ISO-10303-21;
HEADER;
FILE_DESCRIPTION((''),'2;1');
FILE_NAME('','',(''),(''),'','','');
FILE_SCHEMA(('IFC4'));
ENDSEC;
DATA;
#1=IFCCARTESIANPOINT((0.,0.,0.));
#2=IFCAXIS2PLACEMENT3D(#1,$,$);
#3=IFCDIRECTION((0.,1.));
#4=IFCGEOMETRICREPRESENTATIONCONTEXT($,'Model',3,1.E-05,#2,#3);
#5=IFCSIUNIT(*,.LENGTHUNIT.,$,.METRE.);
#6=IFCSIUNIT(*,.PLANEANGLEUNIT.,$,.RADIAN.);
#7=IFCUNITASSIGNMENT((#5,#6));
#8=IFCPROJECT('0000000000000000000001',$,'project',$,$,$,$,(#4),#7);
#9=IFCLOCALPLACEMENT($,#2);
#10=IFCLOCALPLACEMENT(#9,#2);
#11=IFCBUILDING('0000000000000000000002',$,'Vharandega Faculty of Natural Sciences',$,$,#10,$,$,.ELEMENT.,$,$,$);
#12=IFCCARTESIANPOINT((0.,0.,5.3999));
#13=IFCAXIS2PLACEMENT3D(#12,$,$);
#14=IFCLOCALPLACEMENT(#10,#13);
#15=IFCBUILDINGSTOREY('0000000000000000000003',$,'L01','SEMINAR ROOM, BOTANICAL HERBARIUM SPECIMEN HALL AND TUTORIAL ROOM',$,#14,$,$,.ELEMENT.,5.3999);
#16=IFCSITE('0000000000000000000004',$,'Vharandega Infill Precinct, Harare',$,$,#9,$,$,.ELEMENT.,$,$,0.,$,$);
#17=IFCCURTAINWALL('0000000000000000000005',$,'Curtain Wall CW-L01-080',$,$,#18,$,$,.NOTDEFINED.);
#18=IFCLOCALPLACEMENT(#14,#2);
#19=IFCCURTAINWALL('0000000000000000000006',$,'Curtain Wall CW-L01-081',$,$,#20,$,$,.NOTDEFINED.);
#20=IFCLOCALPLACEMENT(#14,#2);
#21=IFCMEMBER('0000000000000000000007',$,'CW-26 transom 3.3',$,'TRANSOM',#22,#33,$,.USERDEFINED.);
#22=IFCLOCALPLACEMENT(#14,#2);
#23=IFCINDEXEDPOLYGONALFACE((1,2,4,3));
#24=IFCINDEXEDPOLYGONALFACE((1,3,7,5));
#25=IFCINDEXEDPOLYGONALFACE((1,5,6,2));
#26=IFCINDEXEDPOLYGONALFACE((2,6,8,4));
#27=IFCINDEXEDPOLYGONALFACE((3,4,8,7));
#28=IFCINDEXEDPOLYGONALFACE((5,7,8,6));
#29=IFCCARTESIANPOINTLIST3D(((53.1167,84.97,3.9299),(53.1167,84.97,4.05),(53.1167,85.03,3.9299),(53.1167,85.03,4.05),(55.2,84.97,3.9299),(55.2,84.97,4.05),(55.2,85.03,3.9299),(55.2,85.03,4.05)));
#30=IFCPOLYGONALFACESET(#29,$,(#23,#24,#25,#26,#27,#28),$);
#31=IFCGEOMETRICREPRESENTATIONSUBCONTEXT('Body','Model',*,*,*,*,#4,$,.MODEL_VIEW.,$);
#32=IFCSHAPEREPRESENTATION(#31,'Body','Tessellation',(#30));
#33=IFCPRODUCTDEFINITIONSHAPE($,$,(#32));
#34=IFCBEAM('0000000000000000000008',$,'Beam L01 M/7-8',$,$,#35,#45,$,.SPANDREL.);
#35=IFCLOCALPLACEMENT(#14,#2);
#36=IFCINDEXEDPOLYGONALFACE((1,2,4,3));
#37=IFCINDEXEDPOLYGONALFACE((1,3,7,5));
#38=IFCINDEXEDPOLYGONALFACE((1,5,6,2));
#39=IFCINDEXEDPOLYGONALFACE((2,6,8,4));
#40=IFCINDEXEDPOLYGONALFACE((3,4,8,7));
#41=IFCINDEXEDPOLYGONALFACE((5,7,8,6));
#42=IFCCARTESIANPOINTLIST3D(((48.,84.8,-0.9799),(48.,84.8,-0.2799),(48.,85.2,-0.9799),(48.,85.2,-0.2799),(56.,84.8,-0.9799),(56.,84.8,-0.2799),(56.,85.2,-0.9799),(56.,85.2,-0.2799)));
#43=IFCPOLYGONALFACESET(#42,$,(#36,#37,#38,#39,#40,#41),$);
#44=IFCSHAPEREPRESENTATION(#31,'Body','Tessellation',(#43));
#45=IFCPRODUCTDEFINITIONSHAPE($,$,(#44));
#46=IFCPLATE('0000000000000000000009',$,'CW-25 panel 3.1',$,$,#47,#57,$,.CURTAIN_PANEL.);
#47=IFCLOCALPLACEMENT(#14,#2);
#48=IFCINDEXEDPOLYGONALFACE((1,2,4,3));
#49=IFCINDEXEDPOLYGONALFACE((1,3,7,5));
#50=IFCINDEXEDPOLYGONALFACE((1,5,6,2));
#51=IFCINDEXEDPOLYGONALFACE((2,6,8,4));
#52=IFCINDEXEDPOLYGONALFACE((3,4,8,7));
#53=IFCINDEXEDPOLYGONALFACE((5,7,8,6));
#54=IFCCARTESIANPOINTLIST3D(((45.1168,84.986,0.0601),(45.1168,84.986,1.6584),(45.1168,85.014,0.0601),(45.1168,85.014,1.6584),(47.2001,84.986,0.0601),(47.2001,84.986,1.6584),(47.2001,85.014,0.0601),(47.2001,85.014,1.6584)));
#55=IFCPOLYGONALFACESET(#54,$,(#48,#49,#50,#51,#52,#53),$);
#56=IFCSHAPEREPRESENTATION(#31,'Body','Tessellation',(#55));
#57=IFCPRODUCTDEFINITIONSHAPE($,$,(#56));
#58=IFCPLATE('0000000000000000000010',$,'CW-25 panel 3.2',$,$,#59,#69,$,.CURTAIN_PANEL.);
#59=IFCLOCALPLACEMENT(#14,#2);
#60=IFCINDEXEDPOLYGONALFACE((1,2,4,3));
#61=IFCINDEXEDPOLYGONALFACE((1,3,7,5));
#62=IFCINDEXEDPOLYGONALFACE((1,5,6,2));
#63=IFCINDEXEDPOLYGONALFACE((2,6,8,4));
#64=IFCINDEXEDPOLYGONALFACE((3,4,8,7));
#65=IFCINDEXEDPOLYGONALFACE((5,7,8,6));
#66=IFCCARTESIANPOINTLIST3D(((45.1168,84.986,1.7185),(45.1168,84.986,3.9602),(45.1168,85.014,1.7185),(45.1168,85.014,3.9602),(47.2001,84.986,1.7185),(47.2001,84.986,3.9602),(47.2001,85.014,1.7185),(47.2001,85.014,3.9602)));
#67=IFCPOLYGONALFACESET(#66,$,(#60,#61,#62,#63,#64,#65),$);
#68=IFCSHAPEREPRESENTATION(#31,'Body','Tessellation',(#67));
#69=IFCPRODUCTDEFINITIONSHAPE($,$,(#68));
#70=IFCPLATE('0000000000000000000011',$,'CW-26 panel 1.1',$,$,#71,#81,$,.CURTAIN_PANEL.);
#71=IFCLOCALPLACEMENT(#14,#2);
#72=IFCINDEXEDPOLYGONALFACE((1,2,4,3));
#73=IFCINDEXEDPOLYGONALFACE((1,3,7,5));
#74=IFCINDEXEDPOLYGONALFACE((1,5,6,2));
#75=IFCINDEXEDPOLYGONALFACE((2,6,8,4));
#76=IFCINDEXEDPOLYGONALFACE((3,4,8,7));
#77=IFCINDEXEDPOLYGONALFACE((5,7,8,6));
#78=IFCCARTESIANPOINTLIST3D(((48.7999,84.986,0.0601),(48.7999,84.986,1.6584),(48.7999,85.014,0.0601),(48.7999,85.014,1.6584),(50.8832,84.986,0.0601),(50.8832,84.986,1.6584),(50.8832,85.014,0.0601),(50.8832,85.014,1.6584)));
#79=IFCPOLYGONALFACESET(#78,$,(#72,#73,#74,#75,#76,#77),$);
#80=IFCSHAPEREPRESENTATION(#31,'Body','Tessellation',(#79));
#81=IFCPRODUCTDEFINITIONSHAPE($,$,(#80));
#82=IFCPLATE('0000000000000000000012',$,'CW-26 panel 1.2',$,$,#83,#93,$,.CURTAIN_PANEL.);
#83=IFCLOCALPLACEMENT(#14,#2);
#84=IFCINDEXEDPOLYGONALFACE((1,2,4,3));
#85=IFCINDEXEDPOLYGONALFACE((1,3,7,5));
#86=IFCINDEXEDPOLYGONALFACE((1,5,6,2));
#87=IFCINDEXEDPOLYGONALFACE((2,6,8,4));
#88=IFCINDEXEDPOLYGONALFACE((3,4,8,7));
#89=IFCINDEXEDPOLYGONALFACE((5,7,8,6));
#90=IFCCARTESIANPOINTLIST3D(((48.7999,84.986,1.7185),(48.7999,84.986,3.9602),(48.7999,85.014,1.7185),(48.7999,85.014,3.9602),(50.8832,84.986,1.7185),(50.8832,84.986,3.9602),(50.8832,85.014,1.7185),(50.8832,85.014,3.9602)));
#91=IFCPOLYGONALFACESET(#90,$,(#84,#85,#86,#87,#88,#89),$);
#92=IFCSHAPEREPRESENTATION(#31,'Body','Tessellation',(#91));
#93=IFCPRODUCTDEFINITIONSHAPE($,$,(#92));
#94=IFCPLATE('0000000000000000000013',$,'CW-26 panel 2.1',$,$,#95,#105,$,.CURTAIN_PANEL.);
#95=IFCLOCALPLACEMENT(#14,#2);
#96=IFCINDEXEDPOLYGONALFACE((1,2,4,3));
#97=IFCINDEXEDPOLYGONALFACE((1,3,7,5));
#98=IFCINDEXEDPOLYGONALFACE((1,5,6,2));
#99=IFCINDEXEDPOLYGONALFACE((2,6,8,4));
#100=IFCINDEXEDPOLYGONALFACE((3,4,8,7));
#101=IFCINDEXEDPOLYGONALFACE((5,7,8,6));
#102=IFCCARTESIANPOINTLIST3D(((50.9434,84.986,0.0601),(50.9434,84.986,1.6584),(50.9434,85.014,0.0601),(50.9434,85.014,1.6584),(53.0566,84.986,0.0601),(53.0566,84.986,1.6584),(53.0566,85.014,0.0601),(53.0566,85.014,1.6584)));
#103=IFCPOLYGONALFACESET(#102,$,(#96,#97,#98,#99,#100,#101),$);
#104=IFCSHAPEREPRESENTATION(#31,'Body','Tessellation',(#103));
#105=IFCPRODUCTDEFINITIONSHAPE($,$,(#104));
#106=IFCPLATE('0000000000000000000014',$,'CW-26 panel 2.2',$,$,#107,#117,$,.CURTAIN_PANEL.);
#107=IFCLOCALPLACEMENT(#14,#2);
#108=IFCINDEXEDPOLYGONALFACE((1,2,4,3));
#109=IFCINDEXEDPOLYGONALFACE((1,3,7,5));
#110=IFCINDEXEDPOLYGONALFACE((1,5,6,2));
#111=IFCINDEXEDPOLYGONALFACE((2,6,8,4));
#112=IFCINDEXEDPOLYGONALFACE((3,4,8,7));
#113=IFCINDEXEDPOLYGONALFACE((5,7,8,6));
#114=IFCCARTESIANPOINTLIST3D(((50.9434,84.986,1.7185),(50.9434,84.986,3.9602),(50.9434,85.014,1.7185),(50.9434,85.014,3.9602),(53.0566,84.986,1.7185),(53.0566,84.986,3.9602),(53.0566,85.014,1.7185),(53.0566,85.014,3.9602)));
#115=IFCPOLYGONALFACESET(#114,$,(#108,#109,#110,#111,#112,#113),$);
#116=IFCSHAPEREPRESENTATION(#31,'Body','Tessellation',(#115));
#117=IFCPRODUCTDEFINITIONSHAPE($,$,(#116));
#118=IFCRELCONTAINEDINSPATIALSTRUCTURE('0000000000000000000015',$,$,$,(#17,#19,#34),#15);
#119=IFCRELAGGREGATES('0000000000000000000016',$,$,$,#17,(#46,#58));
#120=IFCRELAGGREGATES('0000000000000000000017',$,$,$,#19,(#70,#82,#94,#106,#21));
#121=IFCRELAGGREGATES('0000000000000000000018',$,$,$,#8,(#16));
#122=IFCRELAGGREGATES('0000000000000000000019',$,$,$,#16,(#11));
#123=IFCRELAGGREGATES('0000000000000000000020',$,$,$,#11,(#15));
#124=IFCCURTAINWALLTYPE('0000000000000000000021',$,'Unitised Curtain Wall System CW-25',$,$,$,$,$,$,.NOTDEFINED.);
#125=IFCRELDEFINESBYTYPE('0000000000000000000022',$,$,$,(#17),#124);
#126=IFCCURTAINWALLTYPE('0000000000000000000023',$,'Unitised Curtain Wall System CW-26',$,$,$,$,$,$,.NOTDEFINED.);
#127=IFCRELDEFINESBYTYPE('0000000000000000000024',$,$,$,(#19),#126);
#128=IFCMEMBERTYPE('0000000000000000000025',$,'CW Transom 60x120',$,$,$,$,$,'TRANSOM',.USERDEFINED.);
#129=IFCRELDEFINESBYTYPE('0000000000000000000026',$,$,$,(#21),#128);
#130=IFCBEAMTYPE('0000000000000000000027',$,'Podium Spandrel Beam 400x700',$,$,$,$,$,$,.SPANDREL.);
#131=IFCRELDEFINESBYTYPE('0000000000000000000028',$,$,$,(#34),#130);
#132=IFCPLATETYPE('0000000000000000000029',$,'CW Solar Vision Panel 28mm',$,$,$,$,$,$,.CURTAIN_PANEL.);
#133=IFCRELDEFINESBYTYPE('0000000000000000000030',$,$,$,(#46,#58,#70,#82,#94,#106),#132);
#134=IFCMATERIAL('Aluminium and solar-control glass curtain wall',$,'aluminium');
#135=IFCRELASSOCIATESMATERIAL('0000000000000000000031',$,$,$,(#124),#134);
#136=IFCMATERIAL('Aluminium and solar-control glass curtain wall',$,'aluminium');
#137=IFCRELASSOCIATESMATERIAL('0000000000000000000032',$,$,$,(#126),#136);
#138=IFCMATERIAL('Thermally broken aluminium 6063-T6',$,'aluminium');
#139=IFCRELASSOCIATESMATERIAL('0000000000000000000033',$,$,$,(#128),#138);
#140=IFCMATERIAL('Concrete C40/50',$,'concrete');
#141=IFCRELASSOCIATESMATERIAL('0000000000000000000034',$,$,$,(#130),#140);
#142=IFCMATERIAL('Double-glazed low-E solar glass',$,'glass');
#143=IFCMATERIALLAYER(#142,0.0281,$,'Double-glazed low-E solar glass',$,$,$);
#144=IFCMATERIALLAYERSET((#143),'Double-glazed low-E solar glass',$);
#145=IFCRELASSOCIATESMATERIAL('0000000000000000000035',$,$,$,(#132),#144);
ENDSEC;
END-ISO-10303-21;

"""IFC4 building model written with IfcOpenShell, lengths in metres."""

from ifc_helpers import new_model, si_unit, direction, frame, origin, origin_2d, place, context, subcontext, project, spatial, rectangle, extrude, material, layer, layer_set, material_profile, profile_set, type_object, element, aggregate, save


model = new_model("IFC4")

# Units and contexts
model_context = context("Model", 3, precision=1e-05, world=origin(), true_north=direction((0.0, 1.0)))
body_context = subcontext(model_context, "Body", "Model", "MODEL_VIEW")
ifc_project = project(units=[si_unit("LENGTHUNIT", "METRE"), si_unit("PLANEANGLEUNIT", "RADIAN")], contexts=[model_context])

# Site, building, storey
site_placement = place(None, origin())
site = spatial("IfcSite", under=ifc_project, at=site_placement, Name="Vharandega Infill Precinct, Harare", CompositionType="ELEMENT", RefElevation=0.0)
building_placement = place(site_placement, origin())
building = spatial("IfcBuilding", under=site, at=building_placement, Name="Vharandega Faculty of Natural Sciences", CompositionType="ELEMENT")
storey_placement = place(building_placement, frame((0.0, 0.0, 5.3999)))
storey = spatial("IfcBuildingStorey", under=building, at=storey_placement, Name="L01", Description="SEMINAR ROOM, BOTANICAL HERBARIUM SPECIMEN HALL AND TUTORIAL ROOM", CompositionType="ELEMENT", Elevation=5.3999)

# Curtain wall
ifc_material_1 = material(Name="Aluminium and solar-control glass curtain wall", Category="aluminium")
curtain_wall_type_1 = type_object("IfcCurtainWallType", Name="Unitised Curtain Wall System CW-25", PredefinedType="NOTDEFINED", material=ifc_material_1)
curtain_wall_1_placement = place(storey_placement, origin())
curtain_wall_1 = element("IfcCurtainWall", 1, at=curtain_wall_1_placement, inside=storey, type_object=curtain_wall_type_1, Name="Curtain Wall CW-L01-080", PredefinedType="NOTDEFINED")

# Curtain wall
ifc_material_2 = material(Name="Aluminium and solar-control glass curtain wall", Category="aluminium")
curtain_wall_type_2 = type_object("IfcCurtainWallType", Name="Unitised Curtain Wall System CW-26", PredefinedType="NOTDEFINED", material=ifc_material_2)
curtain_wall_2_placement = place(storey_placement, origin())
curtain_wall_2 = element("IfcCurtainWall", 2, at=curtain_wall_2_placement, inside=storey, type_object=curtain_wall_type_2, Name="Curtain Wall CW-L01-081", PredefinedType="NOTDEFINED")

# Member
ifc_material_3 = material(Name="Thermally broken aluminium 6063-T6", Category="aluminium")
ifc_material_profile_1 = material_profile(ifc_material_3, rectangle(XDim=0.0601, YDim=0.1201, at=origin_2d()), Name="ALU 60x120")
ifc_profile_set_1 = profile_set([ifc_material_profile_1], Name="Thermally broken aluminium 6063-T6")
member_type_1 = type_object("IfcMemberType", Name="CW Transom 60x120", ElementType="TRANSOM", PredefinedType="USERDEFINED", material=ifc_profile_set_1)
member_1_placement = place(storey_placement, frame((53.1167, 85.0, 3.99), z_axis=(1.0, 0.0, 0.0), x_axis=(0.0, 1.0, 0.0)))
member_1 = element("IfcMember", 3, at=member_1_placement, type_object=member_type_1, Name="CW-26 transom 3.3", ObjectType="TRANSOM", PredefinedType="USERDEFINED", context=body_context, shape_type="SweptSolid", body=[
    extrude(rectangle(XDim=0.0601, YDim=0.1201, at=origin_2d()), origin(), (0.0, 0.0, 1.0), 2.0833),
])

# Beam
ifc_material_4 = material(Name="Concrete C40/50", Category="concrete")
ifc_material_profile_2 = material_profile(ifc_material_4, rectangle(XDim=0.3999, YDim=0.7, at=origin_2d()), Name="RC 400x700")
ifc_profile_set_2 = profile_set([ifc_material_profile_2], Name="Concrete C40/50")
beam_type = type_object("IfcBeamType", Name="Podium Spandrel Beam 400x700", PredefinedType="SPANDREL", material=ifc_profile_set_2)
beam_placement = place(storey_placement, frame((48.0, 85.0, -0.6299), z_axis=(1.0, 0.0, 0.0), x_axis=(0.0, 1.0, 0.0)))
element("IfcBeam", 4, at=beam_placement, inside=storey, type_object=beam_type, Name="Beam L01 M/7-8", PredefinedType="SPANDREL", context=body_context, shape_type="SweptSolid", body=[
    extrude(rectangle(XDim=0.3999, YDim=0.7, at=origin_2d()), origin(), (0.0, 0.0, 1.0), 8.0),
])

# Plates
ifc_material_5 = material(Name="Double-glazed low-E solar glass", Category="glass")
ifc_layer = layer(ifc_material_5, 0.0281, Name="Double-glazed low-E solar glass")
ifc_layer_set = layer_set([ifc_layer], Name="Double-glazed low-E solar glass")
plate_type = type_object("IfcPlateType", Name="CW Solar Vision Panel 28mm", PredefinedType="CURTAIN_PANEL", material=ifc_layer_set)
plate_1_placement = place(storey_placement, frame((46.1584, 85.0, 0.0601), z_axis=(0.0, 0.0, 1.0), x_axis=(1.0, 0.0, 0.0)))
plate_1 = element("IfcPlate", 5, at=plate_1_placement, type_object=plate_type, Name="CW-25 panel 3.1", PredefinedType="CURTAIN_PANEL", context=body_context, shape_type="SweptSolid", body=[
    extrude(rectangle(XDim=2.0833, YDim=0.0281, at=origin_2d()), origin(), (0.0, 0.0, 1.0), 1.5984),
])
plate_2_placement = place(storey_placement, frame((46.1584, 85.0, 1.7185), z_axis=(0.0, 0.0, 1.0), x_axis=(1.0, 0.0, 0.0)))
plate_2 = element("IfcPlate", 6, at=plate_2_placement, type_object=plate_type, Name="CW-25 panel 3.2", PredefinedType="CURTAIN_PANEL", context=body_context, shape_type="SweptSolid", body=[
    extrude(rectangle(XDim=2.0833, YDim=0.0281, at=origin_2d()), origin(), (0.0, 0.0, 1.0), 2.2417),
])
aggregate(curtain_wall_1, [plate_1, plate_2])
plate_3_placement = place(storey_placement, frame((49.8416, 85.0, 0.0601), z_axis=(0.0, 0.0, 1.0), x_axis=(1.0, 0.0, 0.0)))
plate_3 = element("IfcPlate", 7, at=plate_3_placement, type_object=plate_type, Name="CW-26 panel 1.1", PredefinedType="CURTAIN_PANEL", context=body_context, shape_type="SweptSolid", body=[
    extrude(rectangle(XDim=2.0833, YDim=0.0281, at=origin_2d()), origin(), (0.0, 0.0, 1.0), 1.5984),
])
plate_4_placement = place(storey_placement, frame((49.8416, 85.0, 1.7185), z_axis=(0.0, 0.0, 1.0), x_axis=(1.0, 0.0, 0.0)))
plate_4 = element("IfcPlate", 8, at=plate_4_placement, type_object=plate_type, Name="CW-26 panel 1.2", PredefinedType="CURTAIN_PANEL", context=body_context, shape_type="SweptSolid", body=[
    extrude(rectangle(XDim=2.0833, YDim=0.0281, at=origin_2d()), origin(), (0.0, 0.0, 1.0), 2.2417),
])
plate_5_placement = place(storey_placement, frame((52.0, 85.0, 0.0601), z_axis=(0.0, 0.0, 1.0), x_axis=(1.0, 0.0, 0.0)))
plate_5 = element("IfcPlate", 9, at=plate_5_placement, type_object=plate_type, Name="CW-26 panel 2.1", PredefinedType="CURTAIN_PANEL", context=body_context, shape_type="SweptSolid", body=[
    extrude(rectangle(XDim=2.1133, YDim=0.0281, at=origin_2d()), origin(), (0.0, 0.0, 1.0), 1.5984),
])
plate_6_placement = place(storey_placement, frame((52.0, 85.0, 1.7185), z_axis=(0.0, 0.0, 1.0), x_axis=(1.0, 0.0, 0.0)))
plate_6 = element("IfcPlate", 10, at=plate_6_placement, type_object=plate_type, Name="CW-26 panel 2.2", PredefinedType="CURTAIN_PANEL", context=body_context, shape_type="SweptSolid", body=[
    extrude(rectangle(XDim=2.1133, YDim=0.0281, at=origin_2d()), origin(), (0.0, 0.0, 1.0), 2.2417),
])
aggregate(curtain_wall_2, [plate_3, plate_4, plate_5, plate_6, member_1])

save(model, "model.ifc")
